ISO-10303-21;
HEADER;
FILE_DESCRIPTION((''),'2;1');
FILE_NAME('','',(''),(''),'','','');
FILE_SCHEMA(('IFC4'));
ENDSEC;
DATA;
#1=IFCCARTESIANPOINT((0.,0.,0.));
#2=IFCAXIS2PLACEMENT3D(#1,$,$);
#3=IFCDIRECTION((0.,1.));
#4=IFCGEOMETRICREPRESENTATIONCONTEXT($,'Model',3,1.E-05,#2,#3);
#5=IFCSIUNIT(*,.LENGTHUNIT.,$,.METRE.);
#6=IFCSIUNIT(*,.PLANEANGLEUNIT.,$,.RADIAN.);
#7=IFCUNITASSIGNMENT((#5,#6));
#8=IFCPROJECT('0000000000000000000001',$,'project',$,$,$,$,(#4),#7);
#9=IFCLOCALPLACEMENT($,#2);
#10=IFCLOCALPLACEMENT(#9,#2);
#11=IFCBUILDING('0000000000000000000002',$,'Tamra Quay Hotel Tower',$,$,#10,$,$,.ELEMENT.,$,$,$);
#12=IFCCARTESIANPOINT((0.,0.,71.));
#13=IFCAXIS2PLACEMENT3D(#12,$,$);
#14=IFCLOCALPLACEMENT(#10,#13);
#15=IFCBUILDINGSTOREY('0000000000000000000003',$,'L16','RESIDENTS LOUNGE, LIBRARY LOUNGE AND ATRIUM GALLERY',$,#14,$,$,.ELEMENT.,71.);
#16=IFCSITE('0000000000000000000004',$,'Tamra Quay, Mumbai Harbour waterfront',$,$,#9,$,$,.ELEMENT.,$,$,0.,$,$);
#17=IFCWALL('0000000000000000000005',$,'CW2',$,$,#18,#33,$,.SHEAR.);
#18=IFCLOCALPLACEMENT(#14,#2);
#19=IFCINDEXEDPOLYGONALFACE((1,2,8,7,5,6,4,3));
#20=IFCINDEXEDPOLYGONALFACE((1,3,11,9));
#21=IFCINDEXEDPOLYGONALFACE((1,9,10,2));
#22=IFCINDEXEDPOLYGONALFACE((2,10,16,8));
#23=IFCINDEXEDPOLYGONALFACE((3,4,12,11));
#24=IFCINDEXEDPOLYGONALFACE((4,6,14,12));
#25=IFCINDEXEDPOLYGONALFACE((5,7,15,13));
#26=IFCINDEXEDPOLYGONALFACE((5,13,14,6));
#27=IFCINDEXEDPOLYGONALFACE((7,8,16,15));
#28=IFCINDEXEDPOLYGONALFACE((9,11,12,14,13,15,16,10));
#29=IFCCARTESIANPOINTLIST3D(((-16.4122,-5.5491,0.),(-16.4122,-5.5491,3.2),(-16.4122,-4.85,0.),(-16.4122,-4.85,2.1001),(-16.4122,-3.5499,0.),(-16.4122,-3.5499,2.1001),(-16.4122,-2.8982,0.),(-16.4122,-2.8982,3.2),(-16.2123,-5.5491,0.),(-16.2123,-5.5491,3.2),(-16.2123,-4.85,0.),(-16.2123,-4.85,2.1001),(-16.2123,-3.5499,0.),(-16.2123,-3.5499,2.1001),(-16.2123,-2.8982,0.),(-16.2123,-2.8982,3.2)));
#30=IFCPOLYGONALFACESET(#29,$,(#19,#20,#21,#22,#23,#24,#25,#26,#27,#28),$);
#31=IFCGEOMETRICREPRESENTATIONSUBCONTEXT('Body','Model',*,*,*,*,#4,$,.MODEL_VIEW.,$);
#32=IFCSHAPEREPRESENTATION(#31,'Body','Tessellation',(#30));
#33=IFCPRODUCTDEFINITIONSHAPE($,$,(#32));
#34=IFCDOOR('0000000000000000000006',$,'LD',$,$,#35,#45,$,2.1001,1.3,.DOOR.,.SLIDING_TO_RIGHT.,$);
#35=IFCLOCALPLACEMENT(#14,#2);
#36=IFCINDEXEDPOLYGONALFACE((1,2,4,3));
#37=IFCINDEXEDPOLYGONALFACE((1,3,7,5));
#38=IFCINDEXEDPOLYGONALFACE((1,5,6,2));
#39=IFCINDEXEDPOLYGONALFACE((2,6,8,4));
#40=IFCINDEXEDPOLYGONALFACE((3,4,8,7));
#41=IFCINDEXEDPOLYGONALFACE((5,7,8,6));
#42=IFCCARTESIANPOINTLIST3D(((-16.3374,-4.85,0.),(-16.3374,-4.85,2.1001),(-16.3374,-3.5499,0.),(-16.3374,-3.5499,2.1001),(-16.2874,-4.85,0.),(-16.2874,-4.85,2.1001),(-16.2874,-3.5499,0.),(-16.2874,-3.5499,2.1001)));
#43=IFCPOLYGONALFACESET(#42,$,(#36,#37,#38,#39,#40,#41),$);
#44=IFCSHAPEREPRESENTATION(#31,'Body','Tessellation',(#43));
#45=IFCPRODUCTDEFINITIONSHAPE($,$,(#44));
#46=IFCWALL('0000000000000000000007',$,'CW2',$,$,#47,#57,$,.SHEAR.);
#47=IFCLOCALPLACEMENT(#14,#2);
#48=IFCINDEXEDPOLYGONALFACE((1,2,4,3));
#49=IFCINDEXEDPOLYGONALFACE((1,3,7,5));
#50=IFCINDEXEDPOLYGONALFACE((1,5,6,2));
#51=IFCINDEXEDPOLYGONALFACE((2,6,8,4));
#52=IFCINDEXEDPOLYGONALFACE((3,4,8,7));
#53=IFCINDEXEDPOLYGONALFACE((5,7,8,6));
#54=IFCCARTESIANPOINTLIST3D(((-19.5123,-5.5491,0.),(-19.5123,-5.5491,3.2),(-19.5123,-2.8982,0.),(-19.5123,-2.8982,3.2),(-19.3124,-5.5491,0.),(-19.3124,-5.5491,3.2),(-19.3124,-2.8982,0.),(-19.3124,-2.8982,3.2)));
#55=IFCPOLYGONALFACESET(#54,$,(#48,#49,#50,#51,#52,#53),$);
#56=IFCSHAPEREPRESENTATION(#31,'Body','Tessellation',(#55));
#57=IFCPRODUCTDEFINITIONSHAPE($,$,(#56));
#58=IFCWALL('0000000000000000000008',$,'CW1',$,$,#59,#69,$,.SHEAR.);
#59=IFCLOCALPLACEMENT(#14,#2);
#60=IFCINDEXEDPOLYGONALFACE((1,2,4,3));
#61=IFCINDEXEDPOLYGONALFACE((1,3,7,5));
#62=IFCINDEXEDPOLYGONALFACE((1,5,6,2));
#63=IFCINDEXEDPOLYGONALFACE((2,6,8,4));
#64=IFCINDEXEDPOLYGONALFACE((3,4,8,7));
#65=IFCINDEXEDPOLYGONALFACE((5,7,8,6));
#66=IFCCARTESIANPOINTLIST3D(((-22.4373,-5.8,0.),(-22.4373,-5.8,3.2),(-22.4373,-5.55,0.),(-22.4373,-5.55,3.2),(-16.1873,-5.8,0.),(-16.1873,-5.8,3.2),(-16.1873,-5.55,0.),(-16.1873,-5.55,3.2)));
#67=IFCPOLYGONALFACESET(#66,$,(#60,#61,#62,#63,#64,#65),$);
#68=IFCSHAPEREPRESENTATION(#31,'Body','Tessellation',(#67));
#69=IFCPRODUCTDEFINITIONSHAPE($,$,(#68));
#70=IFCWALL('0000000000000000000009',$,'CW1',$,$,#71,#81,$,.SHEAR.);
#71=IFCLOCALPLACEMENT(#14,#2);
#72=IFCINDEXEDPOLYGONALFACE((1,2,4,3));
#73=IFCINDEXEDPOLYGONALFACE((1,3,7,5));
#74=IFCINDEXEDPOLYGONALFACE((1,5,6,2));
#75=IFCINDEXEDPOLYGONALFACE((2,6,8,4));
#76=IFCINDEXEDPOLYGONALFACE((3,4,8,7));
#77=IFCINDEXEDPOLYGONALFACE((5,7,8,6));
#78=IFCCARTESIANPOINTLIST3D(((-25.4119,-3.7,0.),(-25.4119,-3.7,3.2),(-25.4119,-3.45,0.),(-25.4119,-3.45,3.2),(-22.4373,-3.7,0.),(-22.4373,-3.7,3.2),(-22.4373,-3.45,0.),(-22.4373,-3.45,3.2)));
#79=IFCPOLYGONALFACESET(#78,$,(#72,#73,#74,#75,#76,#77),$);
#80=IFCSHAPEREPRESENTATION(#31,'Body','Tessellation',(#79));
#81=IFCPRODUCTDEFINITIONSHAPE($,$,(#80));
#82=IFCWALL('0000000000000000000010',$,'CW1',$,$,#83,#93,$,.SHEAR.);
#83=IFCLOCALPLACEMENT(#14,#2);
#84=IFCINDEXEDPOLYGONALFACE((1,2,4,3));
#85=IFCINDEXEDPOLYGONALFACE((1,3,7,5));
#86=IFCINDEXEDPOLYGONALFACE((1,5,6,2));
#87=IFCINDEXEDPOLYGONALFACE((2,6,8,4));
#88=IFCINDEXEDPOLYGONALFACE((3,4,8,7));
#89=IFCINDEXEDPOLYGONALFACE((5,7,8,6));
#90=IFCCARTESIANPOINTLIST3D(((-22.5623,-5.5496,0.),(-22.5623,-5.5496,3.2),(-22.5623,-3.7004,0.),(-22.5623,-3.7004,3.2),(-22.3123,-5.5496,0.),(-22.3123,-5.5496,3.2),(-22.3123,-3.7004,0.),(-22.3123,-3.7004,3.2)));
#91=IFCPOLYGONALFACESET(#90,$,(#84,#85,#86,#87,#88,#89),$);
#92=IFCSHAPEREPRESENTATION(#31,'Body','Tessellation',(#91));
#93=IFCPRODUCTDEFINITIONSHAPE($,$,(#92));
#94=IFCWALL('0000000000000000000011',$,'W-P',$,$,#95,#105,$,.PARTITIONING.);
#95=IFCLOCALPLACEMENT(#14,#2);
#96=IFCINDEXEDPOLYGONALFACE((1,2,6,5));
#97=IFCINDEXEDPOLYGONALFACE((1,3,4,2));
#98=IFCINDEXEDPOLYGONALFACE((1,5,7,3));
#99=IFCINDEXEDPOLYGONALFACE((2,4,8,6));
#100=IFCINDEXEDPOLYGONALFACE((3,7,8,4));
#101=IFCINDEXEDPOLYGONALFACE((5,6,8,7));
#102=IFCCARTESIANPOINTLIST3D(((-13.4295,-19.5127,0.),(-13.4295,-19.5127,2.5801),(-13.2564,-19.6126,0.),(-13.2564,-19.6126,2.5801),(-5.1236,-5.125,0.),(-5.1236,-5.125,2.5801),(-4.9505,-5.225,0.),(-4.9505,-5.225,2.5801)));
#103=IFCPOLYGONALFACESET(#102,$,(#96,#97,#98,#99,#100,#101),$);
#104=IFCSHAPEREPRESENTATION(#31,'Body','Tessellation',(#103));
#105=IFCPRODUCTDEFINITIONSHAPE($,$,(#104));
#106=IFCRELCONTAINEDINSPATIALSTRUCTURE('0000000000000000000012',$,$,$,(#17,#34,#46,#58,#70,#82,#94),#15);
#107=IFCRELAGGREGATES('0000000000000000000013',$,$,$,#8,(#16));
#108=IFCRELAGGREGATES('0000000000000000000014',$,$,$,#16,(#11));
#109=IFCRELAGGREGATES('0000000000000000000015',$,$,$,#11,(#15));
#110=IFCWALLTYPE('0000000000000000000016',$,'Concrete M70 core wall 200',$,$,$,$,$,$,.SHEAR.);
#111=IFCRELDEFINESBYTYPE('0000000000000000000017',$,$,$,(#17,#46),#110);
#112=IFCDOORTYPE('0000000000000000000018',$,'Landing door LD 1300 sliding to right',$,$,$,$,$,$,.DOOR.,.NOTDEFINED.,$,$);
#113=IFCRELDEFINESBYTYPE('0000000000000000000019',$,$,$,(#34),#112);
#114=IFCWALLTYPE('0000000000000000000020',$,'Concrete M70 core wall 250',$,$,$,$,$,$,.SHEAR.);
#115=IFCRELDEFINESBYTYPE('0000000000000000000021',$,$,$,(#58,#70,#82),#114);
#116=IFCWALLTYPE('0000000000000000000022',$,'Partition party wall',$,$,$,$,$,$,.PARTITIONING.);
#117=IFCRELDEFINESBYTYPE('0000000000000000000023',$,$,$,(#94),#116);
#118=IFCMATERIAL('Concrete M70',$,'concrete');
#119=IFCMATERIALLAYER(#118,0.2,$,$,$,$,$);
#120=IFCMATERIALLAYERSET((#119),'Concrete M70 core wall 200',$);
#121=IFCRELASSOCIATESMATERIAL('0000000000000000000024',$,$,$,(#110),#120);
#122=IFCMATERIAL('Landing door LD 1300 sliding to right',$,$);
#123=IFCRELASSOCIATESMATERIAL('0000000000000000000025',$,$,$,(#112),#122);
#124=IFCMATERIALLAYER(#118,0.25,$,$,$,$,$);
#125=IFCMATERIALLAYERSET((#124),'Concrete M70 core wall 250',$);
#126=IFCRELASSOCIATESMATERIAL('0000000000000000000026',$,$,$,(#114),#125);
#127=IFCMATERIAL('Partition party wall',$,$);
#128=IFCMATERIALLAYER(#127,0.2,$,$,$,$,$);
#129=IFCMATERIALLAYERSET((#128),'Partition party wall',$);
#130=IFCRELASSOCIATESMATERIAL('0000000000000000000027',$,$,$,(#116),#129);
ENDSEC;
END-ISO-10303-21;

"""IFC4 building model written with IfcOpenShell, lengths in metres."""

from ifc_helpers import new_model, si_unit, direction, frame, frame_2d, origin, place, context, subcontext, project, spatial, rectangle, extrude, material, layer, layer_set, type_object, element, fill, save


model = new_model("IFC4")

# Units and contexts
model_context = context("Model", 3, precision=1e-05, world=origin(), true_north=direction((0.0, 1.0)))
body_context = subcontext(model_context, "Body", "Model", "MODEL_VIEW")
ifc_project = project(units=[si_unit("LENGTHUNIT", "METRE"), si_unit("PLANEANGLEUNIT", "RADIAN")], contexts=[model_context])

# Site, building, storey
site_placement = place(None, origin())
site = spatial("IfcSite", under=ifc_project, at=site_placement, Name="Tamra Quay, Mumbai Harbour waterfront", CompositionType="ELEMENT", RefElevation=0.0)
building_placement = place(site_placement, origin())
building = spatial("IfcBuilding", under=site, at=building_placement, Name="Tamra Quay Hotel Tower", CompositionType="ELEMENT")
storey_placement = place(building_placement, frame((0.0, 0.0, 71.0)))
storey = spatial("IfcBuildingStorey", under=building, at=storey_placement, Name="L16", Description="RESIDENTS LOUNGE, LIBRARY LOUNGE AND ATRIUM GALLERY", CompositionType="ELEMENT", Elevation=71.0)

# Shared definitions
ifc_material_1 = material(Name="Concrete M70", Category="concrete")

# Shared definitions
ifc_layer_1 = layer(ifc_material_1, 0.2)
ifc_layer_set_1 = layer_set([ifc_layer_1], Name="Concrete M70 core wall 200")
wall_type_1 = type_object("IfcWallType", Name="Concrete M70 core wall 200", PredefinedType="SHEAR", material=ifc_layer_set_1)

# Wall, opening, door
wall_1_placement = place(storey_placement, frame((-16.3123, -2.8982, 0.0), z_axis=(0.0, 0.0, 1.0), x_axis=(0.0, -1.0, 0.0)))
wall_1 = element("IfcWall", 1, at=wall_1_placement, inside=storey, type_object=wall_type_1, Name="CW2", PredefinedType="SHEAR", context=body_context, shape_type="SweptSolid", body=[
    extrude(rectangle(XDim=2.6509, YDim=0.2, at=frame_2d((1.3254, 0.0))), origin(), (0.0, 0.0, 1.0), 3.2),
])
opening_placement = place(wall_1_placement, frame((0.6519, 0.0, 0.0)))
opening = element("IfcOpeningElement", 2, at=opening_placement, cuts=wall_1, PredefinedType="OPENING", context=body_context, shape_type="SweptSolid", body=[
    extrude(rectangle(XDim=1.3, YDim=2.1001, at=frame_2d((0.6499, 1.05))), frame((0.0, 0.1099, 0.0), z_axis=(0.0, -1.0, 0.0), x_axis=(1.0, 0.0, 0.0)), (0.0, 0.0, 1.0), 0.22),
])
ifc_material_2 = material(Name="Landing door LD 1300 sliding to right")
door_type = type_object("IfcDoorType", Name="Landing door LD 1300 sliding to right", OperationType="NOTDEFINED", PredefinedType="DOOR", material=ifc_material_2)
door_placement = place(opening_placement, origin())
door = element("IfcDoor", 3, at=door_placement, inside=storey, type_object=door_type, Name="LD", OperationType="SLIDING_TO_RIGHT", OverallHeight=2.1001, OverallWidth=1.3, PredefinedType="DOOR", context=body_context, shape_type="SweptSolid", body=[
    extrude(rectangle(XDim=1.3, YDim=2.1001, at=frame_2d((0.6499, 1.05))), frame((0.0, 0.0249, 0.0), z_axis=(0.0, -1.0, 0.0), x_axis=(1.0, 0.0, 0.0)), (0.0, 0.0, 1.0), 0.05),
])
fill(opening, door)

# Walls
wall_2_placement = place(storey_placement, frame((-19.4124, -5.5491, 0.0), z_axis=(0.0, 0.0, 1.0), x_axis=(0.0, 1.0, 0.0)))
element("IfcWall", 4, at=wall_2_placement, inside=storey, type_object=wall_type_1, Name="CW2", PredefinedType="SHEAR", context=body_context, shape_type="SweptSolid", body=[
    extrude(rectangle(XDim=2.6509, YDim=0.2, at=frame_2d((1.3254, 0.0))), origin(), (0.0, 0.0, 1.0), 3.2),
])
ifc_layer_2 = layer(ifc_material_1, 0.25)
ifc_layer_set_2 = layer_set([ifc_layer_2], Name="Concrete M70 core wall 250")
wall_type_2 = type_object("IfcWallType", Name="Concrete M70 core wall 250", PredefinedType="SHEAR", material=ifc_layer_set_2)
wall_3_placement = place(storey_placement, frame((-16.1873, -5.675, 0.0), z_axis=(0.0, 0.0, 1.0), x_axis=(-1.0, 0.0, 0.0)))
element("IfcWall", 5, at=wall_3_placement, inside=storey, type_object=wall_type_2, Name="CW1", PredefinedType="SHEAR", context=body_context, shape_type="SweptSolid", body=[
    extrude(rectangle(XDim=6.25, YDim=0.25, at=frame_2d((3.125, 0.0))), origin(), (0.0, 0.0, 1.0), 3.2),
])
wall_4_placement = place(storey_placement, frame((-22.4373, -3.575, 0.0), z_axis=(0.0, 0.0, 1.0), x_axis=(-1.0, 0.0, 0.0)))
element("IfcWall", 6, at=wall_4_placement, inside=storey, type_object=wall_type_2, Name="CW1", PredefinedType="SHEAR", context=body_context, shape_type="SweptSolid", body=[
    extrude(rectangle(XDim=2.9746, YDim=0.25, at=frame_2d((1.4873, 0.0))), origin(), (0.0, 0.0, 1.0), 3.2),
])
wall_5_placement = place(storey_placement, frame((-22.4373, -5.5496, 0.0), z_axis=(0.0, 0.0, 1.0), x_axis=(0.0, 1.0, 0.0)))
element("IfcWall", 7, at=wall_5_placement, inside=storey, type_object=wall_type_2, Name="CW1", PredefinedType="SHEAR", context=body_context, shape_type="SweptSolid", body=[
    extrude(rectangle(XDim=1.8491, YDim=0.25, at=frame_2d((0.9246, 0.0))), origin(), (0.0, 0.0, 1.0), 3.2),
])
ifc_material_3 = material(Name="Partition party wall")
ifc_layer_3 = layer(ifc_material_3, 0.2)
ifc_layer_set_3 = layer_set([ifc_layer_3], Name="Partition party wall")
wall_type_3 = type_object("IfcWallType", Name="Partition party wall", PredefinedType="PARTITIONING", material=ifc_layer_set_3)
wall_6_placement = place(storey_placement, frame((-13.343, -19.5627, 0.0), z_axis=(0.0, 0.0, 1.0), x_axis=(0.499962, 0.866047, 0.0)))
element("IfcWall", 8, at=wall_6_placement, inside=storey, type_object=wall_type_3, Name="W-P", PredefinedType="PARTITIONING", context=body_context, shape_type="SweptSolid", body=[
    extrude(rectangle(XDim=16.613, YDim=0.2, at=frame_2d((8.3066, 0.0))), origin(), (0.0, 0.0, 1.0), 2.5801),
])

save(model, "model.ifc")
